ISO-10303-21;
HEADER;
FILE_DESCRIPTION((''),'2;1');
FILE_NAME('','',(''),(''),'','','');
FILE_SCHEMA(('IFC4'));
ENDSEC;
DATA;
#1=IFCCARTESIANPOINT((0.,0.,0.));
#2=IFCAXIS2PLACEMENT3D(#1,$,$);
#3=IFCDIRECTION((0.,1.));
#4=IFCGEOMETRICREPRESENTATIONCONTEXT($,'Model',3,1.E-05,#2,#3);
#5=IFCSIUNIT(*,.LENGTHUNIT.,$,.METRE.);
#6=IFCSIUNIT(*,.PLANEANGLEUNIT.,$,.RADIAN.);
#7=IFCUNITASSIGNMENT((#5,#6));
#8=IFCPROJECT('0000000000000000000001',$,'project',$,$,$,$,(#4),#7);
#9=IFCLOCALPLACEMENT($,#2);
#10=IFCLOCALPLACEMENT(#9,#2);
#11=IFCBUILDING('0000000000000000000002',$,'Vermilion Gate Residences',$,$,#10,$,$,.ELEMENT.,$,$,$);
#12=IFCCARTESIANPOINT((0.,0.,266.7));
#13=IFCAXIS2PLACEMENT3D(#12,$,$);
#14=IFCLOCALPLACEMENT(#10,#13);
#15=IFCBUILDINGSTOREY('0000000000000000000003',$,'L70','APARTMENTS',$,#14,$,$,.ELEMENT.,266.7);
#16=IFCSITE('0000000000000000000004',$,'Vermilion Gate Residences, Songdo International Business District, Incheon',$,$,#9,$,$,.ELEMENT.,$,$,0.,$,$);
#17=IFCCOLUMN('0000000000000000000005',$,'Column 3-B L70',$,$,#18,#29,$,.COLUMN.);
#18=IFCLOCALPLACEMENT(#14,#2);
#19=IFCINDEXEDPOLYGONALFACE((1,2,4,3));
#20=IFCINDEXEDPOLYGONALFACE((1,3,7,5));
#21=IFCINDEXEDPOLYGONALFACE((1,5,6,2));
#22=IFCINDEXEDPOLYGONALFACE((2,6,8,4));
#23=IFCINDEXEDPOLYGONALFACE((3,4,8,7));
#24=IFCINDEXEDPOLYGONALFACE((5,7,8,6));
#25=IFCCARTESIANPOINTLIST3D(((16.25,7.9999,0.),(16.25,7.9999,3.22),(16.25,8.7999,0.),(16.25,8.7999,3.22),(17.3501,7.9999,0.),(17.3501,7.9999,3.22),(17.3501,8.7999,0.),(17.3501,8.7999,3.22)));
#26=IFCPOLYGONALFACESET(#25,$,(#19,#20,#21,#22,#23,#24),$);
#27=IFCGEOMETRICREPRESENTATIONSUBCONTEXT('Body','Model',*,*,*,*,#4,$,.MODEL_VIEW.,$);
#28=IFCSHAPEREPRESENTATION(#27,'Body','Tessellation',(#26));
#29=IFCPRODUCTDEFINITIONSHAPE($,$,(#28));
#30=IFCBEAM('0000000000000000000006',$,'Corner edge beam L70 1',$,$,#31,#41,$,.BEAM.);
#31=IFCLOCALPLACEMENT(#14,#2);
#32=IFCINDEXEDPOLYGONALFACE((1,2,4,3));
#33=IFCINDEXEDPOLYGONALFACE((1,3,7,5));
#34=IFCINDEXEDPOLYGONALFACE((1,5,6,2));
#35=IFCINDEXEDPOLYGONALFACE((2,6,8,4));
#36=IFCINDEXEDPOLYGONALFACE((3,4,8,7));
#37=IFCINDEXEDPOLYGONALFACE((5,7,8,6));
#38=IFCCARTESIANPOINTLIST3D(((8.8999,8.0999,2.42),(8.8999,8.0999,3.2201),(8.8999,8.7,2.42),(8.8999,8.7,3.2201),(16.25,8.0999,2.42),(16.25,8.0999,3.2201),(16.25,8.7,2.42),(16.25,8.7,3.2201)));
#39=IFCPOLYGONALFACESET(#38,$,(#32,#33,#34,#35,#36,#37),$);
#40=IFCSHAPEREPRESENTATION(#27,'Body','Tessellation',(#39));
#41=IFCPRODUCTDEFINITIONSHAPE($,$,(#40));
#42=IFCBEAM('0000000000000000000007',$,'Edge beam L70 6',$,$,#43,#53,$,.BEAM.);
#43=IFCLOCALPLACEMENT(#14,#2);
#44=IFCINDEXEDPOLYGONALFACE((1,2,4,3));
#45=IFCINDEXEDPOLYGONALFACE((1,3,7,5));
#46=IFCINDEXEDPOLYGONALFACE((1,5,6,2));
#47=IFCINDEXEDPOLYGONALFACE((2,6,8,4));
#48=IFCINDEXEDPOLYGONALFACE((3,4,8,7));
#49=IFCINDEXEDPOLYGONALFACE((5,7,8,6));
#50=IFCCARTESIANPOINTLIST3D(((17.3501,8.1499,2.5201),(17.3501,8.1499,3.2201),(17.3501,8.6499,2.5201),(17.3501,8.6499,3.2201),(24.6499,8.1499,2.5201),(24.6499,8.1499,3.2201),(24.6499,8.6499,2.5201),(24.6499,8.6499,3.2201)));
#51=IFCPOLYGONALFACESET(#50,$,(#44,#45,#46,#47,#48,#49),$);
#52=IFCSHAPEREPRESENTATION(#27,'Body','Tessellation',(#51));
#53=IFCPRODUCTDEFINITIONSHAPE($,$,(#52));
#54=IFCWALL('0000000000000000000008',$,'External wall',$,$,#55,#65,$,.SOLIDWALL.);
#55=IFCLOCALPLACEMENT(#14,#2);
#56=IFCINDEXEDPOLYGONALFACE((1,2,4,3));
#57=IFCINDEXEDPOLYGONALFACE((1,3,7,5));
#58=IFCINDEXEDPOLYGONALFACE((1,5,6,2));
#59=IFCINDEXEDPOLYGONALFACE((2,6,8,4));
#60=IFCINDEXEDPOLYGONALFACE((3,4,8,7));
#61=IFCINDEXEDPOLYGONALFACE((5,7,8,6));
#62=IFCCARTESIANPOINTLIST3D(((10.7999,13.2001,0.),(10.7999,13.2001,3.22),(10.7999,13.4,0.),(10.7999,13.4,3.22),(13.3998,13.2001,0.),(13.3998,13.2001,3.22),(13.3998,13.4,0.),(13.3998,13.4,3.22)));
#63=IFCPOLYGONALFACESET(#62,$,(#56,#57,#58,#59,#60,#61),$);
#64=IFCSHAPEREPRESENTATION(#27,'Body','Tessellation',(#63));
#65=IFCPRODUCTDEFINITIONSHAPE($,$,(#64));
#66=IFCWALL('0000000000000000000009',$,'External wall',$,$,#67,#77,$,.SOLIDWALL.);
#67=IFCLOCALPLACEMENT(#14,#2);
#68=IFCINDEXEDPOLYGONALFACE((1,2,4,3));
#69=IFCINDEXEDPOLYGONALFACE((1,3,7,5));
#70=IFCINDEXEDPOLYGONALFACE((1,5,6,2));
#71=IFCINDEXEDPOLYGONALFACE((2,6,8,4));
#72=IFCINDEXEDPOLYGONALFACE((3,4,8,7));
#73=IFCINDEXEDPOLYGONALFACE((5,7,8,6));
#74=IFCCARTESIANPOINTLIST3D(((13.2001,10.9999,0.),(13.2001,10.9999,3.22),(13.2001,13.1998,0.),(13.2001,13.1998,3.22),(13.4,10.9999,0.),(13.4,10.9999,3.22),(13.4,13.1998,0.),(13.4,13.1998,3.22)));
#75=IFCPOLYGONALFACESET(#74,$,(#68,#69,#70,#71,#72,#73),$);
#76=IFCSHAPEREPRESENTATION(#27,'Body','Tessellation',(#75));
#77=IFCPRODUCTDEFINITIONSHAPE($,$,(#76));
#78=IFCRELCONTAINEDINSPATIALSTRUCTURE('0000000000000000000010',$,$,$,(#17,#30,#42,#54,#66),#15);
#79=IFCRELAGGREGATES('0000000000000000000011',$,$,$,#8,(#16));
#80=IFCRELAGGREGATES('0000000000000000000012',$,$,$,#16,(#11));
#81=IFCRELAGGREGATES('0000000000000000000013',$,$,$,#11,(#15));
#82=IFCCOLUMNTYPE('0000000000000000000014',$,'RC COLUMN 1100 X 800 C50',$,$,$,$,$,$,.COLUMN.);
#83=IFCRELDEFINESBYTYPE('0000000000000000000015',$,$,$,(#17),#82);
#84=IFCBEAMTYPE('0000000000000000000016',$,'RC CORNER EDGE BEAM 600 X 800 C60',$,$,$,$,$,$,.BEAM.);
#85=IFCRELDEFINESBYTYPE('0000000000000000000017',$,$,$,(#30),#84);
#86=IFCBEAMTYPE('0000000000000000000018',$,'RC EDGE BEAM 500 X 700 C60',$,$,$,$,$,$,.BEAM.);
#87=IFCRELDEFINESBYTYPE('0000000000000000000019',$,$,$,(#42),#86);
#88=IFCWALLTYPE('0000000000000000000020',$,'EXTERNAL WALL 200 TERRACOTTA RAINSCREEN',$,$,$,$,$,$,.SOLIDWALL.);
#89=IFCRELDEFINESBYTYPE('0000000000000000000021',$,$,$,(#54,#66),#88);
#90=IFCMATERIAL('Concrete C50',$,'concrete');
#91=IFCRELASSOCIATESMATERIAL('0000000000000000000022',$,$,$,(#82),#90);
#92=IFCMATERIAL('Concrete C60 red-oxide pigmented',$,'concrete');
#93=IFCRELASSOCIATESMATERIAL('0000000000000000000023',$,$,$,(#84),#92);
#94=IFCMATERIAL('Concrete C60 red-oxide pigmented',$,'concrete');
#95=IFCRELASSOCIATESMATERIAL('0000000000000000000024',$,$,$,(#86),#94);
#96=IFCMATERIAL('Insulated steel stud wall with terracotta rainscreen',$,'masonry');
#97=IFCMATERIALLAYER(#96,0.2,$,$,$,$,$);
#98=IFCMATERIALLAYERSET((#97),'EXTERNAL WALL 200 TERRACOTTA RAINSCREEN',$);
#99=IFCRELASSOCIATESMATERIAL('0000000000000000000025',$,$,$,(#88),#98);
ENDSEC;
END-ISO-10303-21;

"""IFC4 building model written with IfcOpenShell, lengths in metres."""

from ifc_helpers import new_model, si_unit, direction, frame, frame_2d, origin, origin_2d, place, context, subcontext, project, spatial, rectangle, extrude, material, layer, layer_set, material_profile, profile_set, type_object, element, save


model = new_model("IFC4")

# Units and contexts
model_context = context("Model", 3, precision=1e-05, world=origin(), true_north=direction((0.0, 1.0)))
body_context = subcontext(model_context, "Body", "Model", "MODEL_VIEW")
ifc_project = project(units=[si_unit("LENGTHUNIT", "METRE"), si_unit("PLANEANGLEUNIT", "RADIAN")], contexts=[model_context])

# Site, building, storey
site_placement = place(None, origin())
site = spatial("IfcSite", under=ifc_project, at=site_placement, Name="Vermilion Gate Residences, Songdo International Business District, Incheon", CompositionType="ELEMENT", RefElevation=0.0)
building_placement = place(site_placement, origin())
building = spatial("IfcBuilding", under=site, at=building_placement, Name="Vermilion Gate Residences", CompositionType="ELEMENT")
storey_placement = place(building_placement, frame((0.0, 0.0, 266.7)))
storey = spatial("IfcBuildingStorey", under=building, at=storey_placement, Name="L70", Description="APARTMENTS", CompositionType="ELEMENT", Elevation=266.7)

# Column
ifc_material_1 = material(Name="Concrete C50", Category="concrete")
ifc_material_profile_1 = material_profile(ifc_material_1, rectangle(XDim=1.1001, YDim=0.8, at=origin_2d()), Name="RC-1100x800")
ifc_profile_set_1 = profile_set([ifc_material_profile_1], Name="Concrete C50")
column_type = type_object("IfcColumnType", Name="RC COLUMN 1100 X 800 C50", PredefinedType="COLUMN", material=ifc_profile_set_1)
column_placement = place(storey_placement, frame((16.8, 8.3999, 0.0), z_axis=(0.0, 0.0, 1.0), x_axis=(1.0, 0.0, 0.0)))
element("IfcColumn", 1, at=column_placement, inside=storey, type_object=column_type, Name="Column 3-B L70", PredefinedType="COLUMN", context=body_context, shape_type="SweptSolid", body=[
    extrude(rectangle(XDim=1.1001, YDim=0.8, at=origin_2d()), origin(), (0.0, 0.0, 1.0), 3.22),
])

# Beams
ifc_material_2 = material(Name="Concrete C60 red-oxide pigmented", Category="concrete")
ifc_material_profile_2 = material_profile(ifc_material_2, rectangle(XDim=0.6001, YDim=0.8, at=origin_2d()), Name="RC-600x800")
ifc_profile_set_2 = profile_set([ifc_material_profile_2], Name="Concrete C60 red-oxide pigmented")
beam_type_1 = type_object("IfcBeamType", Name="RC CORNER EDGE BEAM 600 X 800 C60", PredefinedType="BEAM", material=ifc_profile_set_2)
beam_1_placement = place(storey_placement, frame((8.8999, 8.3999, 2.8201), z_axis=(1.0, 0.0, 0.0), x_axis=(0.0, 1.0, 0.0)))
element("IfcBeam", 2, at=beam_1_placement, inside=storey, type_object=beam_type_1, Name="Corner edge beam L70 1", PredefinedType="BEAM", context=body_context, shape_type="SweptSolid", body=[
    extrude(rectangle(XDim=0.6001, YDim=0.8, at=origin_2d()), origin(), (0.0, 0.0, 1.0), 7.3501),
])
ifc_material_3 = material(Name="Concrete C60 red-oxide pigmented", Category="concrete")
ifc_material_profile_3 = material_profile(ifc_material_3, rectangle(XDim=0.5, YDim=0.7, at=origin_2d()), Name="RC-500x700")
ifc_profile_set_3 = profile_set([ifc_material_profile_3], Name="Concrete C60 red-oxide pigmented")
beam_type_2 = type_object("IfcBeamType", Name="RC EDGE BEAM 500 X 700 C60", PredefinedType="BEAM", material=ifc_profile_set_3)
beam_2_placement = place(storey_placement, frame((17.3501, 8.3999, 2.8701), z_axis=(1.0, 0.0, 0.0), x_axis=(0.0, 1.0, 0.0)))
element("IfcBeam", 3, at=beam_2_placement, inside=storey, type_object=beam_type_2, Name="Edge beam L70 6", PredefinedType="BEAM", context=body_context, shape_type="SweptSolid", body=[
    extrude(rectangle(XDim=0.5, YDim=0.7, at=origin_2d()), origin(), (0.0, 0.0, 1.0), 7.2998),
])

# Walls
ifc_material_4 = material(Name="Insulated steel stud wall with terracotta rainscreen", Category="masonry")
ifc_layer_1 = layer(ifc_material_4, 0.2)
ifc_layer_set_1 = layer_set([ifc_layer_1], Name="EXTERNAL WALL 200 TERRACOTTA RAINSCREEN")
wall_type_1 = type_object("IfcWallType", Name="EXTERNAL WALL 200 TERRACOTTA RAINSCREEN", PredefinedType="SOLIDWALL", material=ifc_layer_set_1)
wall_1_placement = place(storey_placement, frame((10.8, 13.3, 0.0), z_axis=(0.0, 0.0, 1.0), x_axis=(1.0, 0.0, 0.0)))
element("IfcWall", 4, at=wall_1_placement, inside=storey, type_object=wall_type_1, Name="External wall", PredefinedType="SOLIDWALL", context=body_context, shape_type="SweptSolid", body=[
    extrude(rectangle(XDim=2.5999, YDim=0.2, at=frame_2d((1.2998, 0.0))), origin(), (0.0, 0.0, 1.0), 3.22),
])
wall_2_placement = place(storey_placement, frame((13.3, 13.2, 0.0), z_axis=(0.0, 0.0, 1.0), x_axis=(0.0, -1.0, 0.0)))
element("IfcWall", 5, at=wall_2_placement, inside=storey, type_object=wall_type_1, Name="External wall", PredefinedType="SOLIDWALL", context=body_context, shape_type="SweptSolid", body=[
    extrude(rectangle(XDim=2.2, YDim=0.2, at=frame_2d((1.1001, 0.0))), origin(), (0.0, 0.0, 1.0), 3.22),
])

save(model, "model.ifc")
